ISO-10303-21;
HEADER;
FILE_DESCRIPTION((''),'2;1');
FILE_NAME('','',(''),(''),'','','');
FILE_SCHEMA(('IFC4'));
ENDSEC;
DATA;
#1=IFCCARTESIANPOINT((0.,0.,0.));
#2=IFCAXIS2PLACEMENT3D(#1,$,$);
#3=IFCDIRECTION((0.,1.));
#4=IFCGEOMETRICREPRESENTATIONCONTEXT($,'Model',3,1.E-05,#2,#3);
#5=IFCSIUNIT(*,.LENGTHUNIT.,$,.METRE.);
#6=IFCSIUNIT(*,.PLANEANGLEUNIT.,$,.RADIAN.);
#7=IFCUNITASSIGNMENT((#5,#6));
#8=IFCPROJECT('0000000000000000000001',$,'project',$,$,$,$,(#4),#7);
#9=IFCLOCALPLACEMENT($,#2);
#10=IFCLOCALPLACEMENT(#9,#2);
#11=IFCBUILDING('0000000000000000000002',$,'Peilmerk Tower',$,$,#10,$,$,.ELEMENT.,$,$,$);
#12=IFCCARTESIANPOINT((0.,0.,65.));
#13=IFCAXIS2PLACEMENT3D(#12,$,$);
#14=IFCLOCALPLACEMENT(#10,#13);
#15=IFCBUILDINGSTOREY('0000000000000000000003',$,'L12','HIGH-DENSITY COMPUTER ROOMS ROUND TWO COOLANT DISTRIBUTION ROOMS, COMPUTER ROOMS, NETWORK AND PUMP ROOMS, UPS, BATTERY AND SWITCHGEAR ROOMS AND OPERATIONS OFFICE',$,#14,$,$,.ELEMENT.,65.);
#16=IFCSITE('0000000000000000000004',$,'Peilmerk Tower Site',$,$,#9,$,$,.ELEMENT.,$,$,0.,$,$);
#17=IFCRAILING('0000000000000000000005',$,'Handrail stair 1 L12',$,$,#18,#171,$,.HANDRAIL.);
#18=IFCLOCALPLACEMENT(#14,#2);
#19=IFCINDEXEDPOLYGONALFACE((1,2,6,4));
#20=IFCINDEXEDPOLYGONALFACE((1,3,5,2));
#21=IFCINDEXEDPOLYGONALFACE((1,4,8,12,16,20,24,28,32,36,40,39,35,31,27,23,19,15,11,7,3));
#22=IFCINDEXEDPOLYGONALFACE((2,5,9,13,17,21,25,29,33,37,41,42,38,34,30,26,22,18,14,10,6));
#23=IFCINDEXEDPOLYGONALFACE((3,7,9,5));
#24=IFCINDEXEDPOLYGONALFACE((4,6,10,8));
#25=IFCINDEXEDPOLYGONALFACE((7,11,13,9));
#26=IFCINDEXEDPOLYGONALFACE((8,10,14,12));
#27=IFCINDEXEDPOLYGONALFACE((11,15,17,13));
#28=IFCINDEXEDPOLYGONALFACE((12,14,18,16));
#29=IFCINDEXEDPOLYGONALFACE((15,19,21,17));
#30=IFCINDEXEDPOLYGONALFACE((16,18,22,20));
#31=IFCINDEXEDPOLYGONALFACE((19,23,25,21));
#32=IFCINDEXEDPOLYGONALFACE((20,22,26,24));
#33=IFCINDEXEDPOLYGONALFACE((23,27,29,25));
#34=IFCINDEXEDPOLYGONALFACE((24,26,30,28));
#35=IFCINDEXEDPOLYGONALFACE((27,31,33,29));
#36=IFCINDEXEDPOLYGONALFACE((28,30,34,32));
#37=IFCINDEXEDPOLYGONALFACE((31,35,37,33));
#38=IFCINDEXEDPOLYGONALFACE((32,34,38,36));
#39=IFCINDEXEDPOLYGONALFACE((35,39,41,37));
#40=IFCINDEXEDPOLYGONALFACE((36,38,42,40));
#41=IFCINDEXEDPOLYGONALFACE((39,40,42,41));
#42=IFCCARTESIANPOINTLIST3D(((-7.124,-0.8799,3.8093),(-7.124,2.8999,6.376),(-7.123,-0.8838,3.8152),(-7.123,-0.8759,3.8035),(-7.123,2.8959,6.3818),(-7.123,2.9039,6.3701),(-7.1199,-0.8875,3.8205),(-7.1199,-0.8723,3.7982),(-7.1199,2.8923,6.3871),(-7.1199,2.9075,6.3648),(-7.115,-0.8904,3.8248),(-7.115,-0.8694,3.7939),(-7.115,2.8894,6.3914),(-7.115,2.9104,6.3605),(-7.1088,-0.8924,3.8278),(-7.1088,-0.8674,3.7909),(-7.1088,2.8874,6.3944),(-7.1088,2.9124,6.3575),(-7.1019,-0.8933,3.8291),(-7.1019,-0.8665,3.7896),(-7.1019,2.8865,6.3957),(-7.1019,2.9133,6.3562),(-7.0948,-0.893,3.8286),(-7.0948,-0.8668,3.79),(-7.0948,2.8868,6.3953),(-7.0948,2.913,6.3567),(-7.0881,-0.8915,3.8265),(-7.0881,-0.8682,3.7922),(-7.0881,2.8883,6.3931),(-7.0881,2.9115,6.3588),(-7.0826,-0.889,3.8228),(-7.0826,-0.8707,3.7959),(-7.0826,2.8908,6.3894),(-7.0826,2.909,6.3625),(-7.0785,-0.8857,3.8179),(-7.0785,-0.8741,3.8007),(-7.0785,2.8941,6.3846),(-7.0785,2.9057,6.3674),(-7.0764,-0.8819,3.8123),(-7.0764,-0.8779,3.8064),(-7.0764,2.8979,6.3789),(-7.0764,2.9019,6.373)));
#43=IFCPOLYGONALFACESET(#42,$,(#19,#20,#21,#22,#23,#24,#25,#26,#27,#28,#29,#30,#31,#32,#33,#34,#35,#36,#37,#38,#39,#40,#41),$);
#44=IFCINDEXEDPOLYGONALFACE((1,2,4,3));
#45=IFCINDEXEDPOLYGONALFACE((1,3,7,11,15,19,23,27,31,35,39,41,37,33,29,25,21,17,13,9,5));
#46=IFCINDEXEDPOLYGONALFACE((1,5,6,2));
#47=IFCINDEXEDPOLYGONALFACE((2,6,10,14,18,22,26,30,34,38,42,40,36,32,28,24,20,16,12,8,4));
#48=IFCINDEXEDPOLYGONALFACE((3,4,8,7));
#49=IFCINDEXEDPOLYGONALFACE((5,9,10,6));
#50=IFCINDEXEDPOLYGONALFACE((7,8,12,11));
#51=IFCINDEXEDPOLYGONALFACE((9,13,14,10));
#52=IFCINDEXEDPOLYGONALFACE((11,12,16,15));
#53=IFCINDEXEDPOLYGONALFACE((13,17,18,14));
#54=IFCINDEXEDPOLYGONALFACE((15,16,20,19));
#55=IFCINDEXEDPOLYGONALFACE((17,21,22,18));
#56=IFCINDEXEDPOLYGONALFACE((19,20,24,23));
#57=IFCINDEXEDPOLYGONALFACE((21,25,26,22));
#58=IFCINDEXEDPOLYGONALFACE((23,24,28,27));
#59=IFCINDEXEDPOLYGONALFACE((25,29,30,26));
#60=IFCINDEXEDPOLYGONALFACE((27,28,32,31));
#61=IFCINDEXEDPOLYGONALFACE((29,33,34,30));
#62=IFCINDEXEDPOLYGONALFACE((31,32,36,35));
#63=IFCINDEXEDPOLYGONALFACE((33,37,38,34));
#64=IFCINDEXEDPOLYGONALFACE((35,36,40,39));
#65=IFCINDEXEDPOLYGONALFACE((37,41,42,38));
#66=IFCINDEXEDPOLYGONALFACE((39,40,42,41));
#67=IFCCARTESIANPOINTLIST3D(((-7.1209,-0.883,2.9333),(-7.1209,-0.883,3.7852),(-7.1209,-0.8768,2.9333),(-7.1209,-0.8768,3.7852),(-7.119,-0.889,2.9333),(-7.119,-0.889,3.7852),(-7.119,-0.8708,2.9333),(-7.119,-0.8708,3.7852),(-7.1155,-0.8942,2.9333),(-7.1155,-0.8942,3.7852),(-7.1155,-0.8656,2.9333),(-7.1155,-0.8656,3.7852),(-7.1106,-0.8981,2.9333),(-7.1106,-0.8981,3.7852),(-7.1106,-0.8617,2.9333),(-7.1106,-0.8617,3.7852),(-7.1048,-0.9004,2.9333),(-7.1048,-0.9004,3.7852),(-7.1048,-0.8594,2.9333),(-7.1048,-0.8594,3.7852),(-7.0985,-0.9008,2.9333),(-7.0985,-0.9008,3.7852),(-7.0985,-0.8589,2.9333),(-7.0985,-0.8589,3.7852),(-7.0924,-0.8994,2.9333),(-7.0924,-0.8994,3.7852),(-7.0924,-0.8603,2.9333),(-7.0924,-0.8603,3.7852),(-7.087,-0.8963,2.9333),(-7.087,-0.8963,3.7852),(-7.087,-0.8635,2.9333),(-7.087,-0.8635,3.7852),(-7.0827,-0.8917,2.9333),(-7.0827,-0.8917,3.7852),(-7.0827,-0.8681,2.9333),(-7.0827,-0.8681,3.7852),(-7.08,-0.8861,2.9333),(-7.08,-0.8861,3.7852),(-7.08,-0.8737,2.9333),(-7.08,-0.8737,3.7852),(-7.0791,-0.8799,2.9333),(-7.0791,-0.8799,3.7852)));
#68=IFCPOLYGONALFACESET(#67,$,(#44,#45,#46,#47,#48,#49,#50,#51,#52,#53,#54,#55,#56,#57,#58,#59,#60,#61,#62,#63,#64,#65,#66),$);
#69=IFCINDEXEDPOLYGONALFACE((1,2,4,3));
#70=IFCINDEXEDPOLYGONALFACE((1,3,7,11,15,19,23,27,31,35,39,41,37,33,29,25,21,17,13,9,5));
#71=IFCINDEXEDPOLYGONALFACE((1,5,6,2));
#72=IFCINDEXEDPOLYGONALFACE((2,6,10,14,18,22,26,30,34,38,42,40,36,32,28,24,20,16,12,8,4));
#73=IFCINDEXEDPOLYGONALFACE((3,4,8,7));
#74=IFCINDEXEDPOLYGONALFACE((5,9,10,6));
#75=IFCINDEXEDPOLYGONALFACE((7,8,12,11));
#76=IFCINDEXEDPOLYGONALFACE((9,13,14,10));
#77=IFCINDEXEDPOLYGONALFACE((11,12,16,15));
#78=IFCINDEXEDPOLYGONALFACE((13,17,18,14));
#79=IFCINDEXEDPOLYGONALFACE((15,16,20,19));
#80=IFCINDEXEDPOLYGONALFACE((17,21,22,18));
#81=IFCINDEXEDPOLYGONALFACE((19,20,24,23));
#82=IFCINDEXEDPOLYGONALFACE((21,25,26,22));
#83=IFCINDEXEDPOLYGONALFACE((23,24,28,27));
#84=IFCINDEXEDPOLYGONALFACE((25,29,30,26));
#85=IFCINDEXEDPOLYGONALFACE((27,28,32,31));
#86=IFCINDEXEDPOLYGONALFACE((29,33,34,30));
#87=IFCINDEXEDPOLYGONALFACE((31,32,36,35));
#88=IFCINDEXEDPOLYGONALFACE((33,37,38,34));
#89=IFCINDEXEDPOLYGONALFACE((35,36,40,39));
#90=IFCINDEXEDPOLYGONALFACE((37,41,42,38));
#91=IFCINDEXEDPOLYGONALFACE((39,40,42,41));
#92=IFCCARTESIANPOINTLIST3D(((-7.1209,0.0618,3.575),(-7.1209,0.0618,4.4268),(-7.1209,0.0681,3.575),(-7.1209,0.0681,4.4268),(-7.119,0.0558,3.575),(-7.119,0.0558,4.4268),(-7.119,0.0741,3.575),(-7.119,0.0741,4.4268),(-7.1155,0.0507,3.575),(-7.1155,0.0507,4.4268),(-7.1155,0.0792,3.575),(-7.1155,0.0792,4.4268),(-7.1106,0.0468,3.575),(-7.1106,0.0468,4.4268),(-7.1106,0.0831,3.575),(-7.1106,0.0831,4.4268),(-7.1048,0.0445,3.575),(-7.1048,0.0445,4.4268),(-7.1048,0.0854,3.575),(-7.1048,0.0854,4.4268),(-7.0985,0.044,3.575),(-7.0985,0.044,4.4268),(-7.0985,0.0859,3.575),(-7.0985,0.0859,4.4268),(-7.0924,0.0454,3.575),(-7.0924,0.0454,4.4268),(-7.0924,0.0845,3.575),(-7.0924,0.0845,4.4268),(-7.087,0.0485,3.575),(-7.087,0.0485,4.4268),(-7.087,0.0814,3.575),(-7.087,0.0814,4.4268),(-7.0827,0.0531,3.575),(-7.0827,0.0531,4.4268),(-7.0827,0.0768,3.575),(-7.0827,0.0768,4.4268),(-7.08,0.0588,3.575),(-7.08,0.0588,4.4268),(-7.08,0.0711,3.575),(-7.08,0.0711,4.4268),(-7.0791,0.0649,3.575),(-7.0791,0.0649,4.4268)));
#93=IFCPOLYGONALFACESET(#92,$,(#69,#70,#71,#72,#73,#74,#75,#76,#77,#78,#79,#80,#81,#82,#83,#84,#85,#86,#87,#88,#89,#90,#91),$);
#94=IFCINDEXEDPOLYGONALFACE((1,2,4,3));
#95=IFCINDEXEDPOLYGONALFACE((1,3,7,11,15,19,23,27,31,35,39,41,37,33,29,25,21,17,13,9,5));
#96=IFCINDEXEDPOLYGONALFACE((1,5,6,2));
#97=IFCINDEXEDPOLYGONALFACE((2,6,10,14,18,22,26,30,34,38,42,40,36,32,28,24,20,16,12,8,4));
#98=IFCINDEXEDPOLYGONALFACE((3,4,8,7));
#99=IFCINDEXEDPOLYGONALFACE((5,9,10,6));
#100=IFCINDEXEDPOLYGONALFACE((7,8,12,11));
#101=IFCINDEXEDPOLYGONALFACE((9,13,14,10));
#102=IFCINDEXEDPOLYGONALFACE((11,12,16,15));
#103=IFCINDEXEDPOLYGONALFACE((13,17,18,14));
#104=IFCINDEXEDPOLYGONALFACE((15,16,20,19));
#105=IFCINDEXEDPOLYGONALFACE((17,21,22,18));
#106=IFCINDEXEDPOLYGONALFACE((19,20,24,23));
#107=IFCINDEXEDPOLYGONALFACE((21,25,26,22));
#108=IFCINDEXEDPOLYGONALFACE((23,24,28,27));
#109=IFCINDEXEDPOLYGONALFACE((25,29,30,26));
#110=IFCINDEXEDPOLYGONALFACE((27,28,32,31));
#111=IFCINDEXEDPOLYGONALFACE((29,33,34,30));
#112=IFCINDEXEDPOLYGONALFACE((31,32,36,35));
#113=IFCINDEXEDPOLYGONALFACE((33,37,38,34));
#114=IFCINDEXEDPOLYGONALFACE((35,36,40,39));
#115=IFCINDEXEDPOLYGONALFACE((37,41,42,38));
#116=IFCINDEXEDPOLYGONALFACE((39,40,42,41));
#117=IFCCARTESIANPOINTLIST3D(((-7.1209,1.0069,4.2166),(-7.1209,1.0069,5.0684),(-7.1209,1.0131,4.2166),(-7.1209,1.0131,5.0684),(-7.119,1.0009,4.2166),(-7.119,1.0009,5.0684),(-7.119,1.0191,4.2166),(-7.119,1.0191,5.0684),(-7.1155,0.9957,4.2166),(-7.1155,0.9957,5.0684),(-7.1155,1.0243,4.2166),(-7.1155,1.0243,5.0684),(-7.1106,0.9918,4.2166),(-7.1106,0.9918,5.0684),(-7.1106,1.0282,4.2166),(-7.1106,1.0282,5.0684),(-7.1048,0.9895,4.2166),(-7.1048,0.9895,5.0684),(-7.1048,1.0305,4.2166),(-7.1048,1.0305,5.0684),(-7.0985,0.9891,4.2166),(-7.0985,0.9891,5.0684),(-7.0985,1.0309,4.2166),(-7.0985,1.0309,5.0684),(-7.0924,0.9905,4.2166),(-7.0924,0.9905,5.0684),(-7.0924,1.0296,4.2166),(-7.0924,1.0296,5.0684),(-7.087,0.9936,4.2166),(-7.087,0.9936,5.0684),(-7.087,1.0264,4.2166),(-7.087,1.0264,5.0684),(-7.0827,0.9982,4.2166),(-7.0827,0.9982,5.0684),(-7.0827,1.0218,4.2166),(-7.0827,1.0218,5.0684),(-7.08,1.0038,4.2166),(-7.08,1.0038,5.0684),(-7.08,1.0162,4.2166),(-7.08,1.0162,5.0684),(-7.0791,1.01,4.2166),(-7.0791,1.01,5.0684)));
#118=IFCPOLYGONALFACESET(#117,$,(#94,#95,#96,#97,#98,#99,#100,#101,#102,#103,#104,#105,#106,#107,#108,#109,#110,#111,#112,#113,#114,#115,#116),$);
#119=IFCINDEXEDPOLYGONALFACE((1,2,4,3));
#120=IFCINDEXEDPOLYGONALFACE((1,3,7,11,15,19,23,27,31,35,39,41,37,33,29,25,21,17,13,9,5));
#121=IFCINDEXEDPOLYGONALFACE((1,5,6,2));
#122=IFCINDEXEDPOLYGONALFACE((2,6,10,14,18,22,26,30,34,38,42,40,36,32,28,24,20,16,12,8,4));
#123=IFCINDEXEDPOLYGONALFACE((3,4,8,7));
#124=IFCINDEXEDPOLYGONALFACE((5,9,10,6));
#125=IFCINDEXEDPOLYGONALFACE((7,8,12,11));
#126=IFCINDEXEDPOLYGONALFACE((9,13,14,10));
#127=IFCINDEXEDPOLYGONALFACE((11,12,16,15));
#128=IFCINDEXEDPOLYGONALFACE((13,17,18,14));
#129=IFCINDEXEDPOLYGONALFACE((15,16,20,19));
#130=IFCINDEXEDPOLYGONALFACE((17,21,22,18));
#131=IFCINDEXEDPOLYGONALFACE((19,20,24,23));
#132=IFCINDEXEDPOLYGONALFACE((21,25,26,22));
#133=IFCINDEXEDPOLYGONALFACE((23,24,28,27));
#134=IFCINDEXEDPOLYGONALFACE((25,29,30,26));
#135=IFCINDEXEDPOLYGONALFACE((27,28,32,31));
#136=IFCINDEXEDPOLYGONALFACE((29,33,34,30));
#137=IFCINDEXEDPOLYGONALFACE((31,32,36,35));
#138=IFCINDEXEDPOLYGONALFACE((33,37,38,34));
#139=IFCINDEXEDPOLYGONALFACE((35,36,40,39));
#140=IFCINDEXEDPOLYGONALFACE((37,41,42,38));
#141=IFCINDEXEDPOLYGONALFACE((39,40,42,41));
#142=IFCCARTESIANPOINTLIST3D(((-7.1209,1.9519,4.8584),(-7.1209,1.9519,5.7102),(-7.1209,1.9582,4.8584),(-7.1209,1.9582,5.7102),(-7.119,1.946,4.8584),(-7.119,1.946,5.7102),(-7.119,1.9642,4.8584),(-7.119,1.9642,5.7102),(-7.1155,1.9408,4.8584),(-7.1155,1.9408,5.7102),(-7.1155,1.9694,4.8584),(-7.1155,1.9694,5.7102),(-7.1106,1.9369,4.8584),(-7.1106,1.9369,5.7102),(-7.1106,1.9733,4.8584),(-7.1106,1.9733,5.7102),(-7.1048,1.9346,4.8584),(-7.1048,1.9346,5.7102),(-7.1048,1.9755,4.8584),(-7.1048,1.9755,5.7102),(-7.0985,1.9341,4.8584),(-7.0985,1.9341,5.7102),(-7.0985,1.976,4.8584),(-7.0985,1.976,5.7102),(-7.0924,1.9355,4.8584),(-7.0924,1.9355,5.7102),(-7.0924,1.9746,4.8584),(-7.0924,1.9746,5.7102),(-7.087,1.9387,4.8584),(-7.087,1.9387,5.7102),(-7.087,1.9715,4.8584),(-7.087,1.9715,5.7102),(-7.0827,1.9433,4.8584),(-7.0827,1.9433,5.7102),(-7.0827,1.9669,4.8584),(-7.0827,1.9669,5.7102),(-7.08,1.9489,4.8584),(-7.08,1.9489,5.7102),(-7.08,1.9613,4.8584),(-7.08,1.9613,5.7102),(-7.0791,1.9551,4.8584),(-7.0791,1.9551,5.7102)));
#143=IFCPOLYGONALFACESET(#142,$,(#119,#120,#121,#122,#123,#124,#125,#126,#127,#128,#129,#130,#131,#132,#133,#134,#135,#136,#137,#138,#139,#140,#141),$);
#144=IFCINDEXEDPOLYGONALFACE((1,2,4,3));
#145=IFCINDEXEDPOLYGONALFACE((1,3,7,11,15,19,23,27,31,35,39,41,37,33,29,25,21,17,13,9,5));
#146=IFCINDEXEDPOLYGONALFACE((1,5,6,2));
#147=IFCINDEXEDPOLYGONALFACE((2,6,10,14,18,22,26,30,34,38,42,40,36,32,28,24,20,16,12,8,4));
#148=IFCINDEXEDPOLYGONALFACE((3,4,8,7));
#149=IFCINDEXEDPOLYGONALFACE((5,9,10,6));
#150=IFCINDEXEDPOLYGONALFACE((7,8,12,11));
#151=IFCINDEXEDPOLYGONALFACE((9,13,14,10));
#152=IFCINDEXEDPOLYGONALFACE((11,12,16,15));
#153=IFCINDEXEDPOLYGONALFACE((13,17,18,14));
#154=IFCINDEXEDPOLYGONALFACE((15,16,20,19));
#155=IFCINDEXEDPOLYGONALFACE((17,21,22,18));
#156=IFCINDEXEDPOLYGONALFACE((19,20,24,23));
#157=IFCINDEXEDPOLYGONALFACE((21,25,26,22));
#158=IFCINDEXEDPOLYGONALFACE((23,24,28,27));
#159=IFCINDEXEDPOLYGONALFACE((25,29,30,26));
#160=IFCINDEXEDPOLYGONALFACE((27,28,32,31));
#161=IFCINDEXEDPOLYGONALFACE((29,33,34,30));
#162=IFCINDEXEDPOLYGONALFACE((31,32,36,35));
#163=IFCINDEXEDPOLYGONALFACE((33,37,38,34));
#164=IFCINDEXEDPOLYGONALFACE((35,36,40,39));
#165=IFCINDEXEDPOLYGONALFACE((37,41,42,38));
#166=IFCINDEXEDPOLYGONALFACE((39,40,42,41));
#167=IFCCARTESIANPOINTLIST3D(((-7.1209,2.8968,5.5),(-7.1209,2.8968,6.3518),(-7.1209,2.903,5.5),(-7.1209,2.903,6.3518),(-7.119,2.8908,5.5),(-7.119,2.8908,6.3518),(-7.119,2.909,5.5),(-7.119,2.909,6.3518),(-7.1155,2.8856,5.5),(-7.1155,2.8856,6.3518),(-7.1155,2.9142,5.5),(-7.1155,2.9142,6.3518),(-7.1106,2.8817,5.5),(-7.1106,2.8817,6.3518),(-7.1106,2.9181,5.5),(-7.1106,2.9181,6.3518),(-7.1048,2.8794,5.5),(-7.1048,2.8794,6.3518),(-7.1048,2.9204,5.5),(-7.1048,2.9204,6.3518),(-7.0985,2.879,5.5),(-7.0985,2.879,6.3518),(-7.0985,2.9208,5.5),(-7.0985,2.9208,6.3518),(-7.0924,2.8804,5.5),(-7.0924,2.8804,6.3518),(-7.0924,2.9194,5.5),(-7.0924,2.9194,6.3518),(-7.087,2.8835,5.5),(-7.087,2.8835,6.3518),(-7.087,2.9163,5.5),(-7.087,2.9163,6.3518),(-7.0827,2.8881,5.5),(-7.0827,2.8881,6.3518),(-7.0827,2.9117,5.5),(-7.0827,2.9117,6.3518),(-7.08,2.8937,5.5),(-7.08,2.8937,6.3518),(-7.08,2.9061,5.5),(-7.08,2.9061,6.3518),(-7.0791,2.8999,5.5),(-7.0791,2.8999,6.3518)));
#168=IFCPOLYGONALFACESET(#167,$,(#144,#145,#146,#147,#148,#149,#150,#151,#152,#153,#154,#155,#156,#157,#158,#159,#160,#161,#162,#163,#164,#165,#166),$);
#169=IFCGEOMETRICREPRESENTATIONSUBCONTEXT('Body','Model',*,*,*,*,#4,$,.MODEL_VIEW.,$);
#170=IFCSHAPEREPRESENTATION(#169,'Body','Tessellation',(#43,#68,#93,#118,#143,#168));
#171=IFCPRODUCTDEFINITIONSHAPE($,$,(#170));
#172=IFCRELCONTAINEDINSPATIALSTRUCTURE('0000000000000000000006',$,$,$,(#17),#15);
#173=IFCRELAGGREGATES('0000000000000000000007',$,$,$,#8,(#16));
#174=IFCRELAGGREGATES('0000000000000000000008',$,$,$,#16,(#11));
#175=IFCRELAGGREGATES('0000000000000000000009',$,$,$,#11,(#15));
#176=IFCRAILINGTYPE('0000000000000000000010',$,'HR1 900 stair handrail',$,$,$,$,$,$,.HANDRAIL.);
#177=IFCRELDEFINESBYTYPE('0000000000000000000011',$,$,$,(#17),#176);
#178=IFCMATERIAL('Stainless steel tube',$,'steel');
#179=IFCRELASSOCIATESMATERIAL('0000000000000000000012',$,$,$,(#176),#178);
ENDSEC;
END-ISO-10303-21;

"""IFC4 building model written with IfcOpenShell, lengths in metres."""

from ifc_helpers import new_model, si_unit, direction, frame, origin, origin_2d, place, context, subcontext, project, spatial, circle, extrude, material, type_object, element, save


model = new_model("IFC4")

# Units and contexts
model_context = context("Model", 3, precision=1e-05, world=origin(), true_north=direction((0.0, 1.0)))
body_context = subcontext(model_context, "Body", "Model", "MODEL_VIEW")
ifc_project = project(units=[si_unit("LENGTHUNIT", "METRE"), si_unit("PLANEANGLEUNIT", "RADIAN")], contexts=[model_context])

# Site, building, storey
site_placement = place(None, origin())
site = spatial("IfcSite", under=ifc_project, at=site_placement, Name="Peilmerk Tower Site", CompositionType="ELEMENT", RefElevation=0.0)
building_placement = place(site_placement, origin())
building = spatial("IfcBuilding", under=site, at=building_placement, Name="Peilmerk Tower", CompositionType="ELEMENT")
storey_placement = place(building_placement, frame((0.0, 0.0, 65.0)))
storey = spatial("IfcBuildingStorey", under=building, at=storey_placement, Name="L12", Description="HIGH-DENSITY COMPUTER ROOMS ROUND TWO COOLANT DISTRIBUTION ROOMS, COMPUTER ROOMS, NETWORK AND PUMP ROOMS, UPS, BATTERY AND SWITCHGEAR ROOMS AND OPERATIONS OFFICE", CompositionType="ELEMENT", Elevation=65.0)

# Railing
ifc_material_1 = material(Name="Stainless steel tube", Category="steel")
railing_type_1 = type_object("IfcRailingType", Name="HR1 900 stair handrail", PredefinedType="HANDRAIL", material=ifc_material_1)
railing_1_placement = place(storey_placement, frame((-7.1001, -0.8799, 2.9333)))
element("IfcRailing", 1, at=railing_1_placement, inside=storey, type_object=railing_type_1, Name="Handrail stair 1 L12", PredefinedType="HANDRAIL", context=body_context, shape_type="SweptSolid", body=[
    extrude(circle(Radius=0.0239, at=origin_2d()), frame((0.0, 0.0, 0.876), z_axis=(0.0, 0.827293, 0.561771), x_axis=(-1.0, 0.0, 0.0)), (0.0, 0.0, 1.0), 4.5688),
    extrude(circle(Radius=0.021, at=origin_2d()), origin(), (0.0, 0.0, 1.0), 0.8518),
    extrude(circle(Radius=0.021, at=origin_2d()), frame((0.0, 0.9448, 0.6416)), (0.0, 0.0, 1.0), 0.8518),
    extrude(circle(Radius=0.021, at=origin_2d()), frame((0.0, 1.8899, 1.2832)), (0.0, 0.0, 1.0), 0.8518),
    extrude(circle(Radius=0.021, at=origin_2d()), frame((0.0, 2.835, 1.925)), (0.0, 0.0, 1.0), 0.8518),
    extrude(circle(Radius=0.021, at=origin_2d()), frame((0.0, 3.7798, 2.5667)), (0.0, 0.0, 1.0), 0.8518),
])

save(model, "model.ifc")
